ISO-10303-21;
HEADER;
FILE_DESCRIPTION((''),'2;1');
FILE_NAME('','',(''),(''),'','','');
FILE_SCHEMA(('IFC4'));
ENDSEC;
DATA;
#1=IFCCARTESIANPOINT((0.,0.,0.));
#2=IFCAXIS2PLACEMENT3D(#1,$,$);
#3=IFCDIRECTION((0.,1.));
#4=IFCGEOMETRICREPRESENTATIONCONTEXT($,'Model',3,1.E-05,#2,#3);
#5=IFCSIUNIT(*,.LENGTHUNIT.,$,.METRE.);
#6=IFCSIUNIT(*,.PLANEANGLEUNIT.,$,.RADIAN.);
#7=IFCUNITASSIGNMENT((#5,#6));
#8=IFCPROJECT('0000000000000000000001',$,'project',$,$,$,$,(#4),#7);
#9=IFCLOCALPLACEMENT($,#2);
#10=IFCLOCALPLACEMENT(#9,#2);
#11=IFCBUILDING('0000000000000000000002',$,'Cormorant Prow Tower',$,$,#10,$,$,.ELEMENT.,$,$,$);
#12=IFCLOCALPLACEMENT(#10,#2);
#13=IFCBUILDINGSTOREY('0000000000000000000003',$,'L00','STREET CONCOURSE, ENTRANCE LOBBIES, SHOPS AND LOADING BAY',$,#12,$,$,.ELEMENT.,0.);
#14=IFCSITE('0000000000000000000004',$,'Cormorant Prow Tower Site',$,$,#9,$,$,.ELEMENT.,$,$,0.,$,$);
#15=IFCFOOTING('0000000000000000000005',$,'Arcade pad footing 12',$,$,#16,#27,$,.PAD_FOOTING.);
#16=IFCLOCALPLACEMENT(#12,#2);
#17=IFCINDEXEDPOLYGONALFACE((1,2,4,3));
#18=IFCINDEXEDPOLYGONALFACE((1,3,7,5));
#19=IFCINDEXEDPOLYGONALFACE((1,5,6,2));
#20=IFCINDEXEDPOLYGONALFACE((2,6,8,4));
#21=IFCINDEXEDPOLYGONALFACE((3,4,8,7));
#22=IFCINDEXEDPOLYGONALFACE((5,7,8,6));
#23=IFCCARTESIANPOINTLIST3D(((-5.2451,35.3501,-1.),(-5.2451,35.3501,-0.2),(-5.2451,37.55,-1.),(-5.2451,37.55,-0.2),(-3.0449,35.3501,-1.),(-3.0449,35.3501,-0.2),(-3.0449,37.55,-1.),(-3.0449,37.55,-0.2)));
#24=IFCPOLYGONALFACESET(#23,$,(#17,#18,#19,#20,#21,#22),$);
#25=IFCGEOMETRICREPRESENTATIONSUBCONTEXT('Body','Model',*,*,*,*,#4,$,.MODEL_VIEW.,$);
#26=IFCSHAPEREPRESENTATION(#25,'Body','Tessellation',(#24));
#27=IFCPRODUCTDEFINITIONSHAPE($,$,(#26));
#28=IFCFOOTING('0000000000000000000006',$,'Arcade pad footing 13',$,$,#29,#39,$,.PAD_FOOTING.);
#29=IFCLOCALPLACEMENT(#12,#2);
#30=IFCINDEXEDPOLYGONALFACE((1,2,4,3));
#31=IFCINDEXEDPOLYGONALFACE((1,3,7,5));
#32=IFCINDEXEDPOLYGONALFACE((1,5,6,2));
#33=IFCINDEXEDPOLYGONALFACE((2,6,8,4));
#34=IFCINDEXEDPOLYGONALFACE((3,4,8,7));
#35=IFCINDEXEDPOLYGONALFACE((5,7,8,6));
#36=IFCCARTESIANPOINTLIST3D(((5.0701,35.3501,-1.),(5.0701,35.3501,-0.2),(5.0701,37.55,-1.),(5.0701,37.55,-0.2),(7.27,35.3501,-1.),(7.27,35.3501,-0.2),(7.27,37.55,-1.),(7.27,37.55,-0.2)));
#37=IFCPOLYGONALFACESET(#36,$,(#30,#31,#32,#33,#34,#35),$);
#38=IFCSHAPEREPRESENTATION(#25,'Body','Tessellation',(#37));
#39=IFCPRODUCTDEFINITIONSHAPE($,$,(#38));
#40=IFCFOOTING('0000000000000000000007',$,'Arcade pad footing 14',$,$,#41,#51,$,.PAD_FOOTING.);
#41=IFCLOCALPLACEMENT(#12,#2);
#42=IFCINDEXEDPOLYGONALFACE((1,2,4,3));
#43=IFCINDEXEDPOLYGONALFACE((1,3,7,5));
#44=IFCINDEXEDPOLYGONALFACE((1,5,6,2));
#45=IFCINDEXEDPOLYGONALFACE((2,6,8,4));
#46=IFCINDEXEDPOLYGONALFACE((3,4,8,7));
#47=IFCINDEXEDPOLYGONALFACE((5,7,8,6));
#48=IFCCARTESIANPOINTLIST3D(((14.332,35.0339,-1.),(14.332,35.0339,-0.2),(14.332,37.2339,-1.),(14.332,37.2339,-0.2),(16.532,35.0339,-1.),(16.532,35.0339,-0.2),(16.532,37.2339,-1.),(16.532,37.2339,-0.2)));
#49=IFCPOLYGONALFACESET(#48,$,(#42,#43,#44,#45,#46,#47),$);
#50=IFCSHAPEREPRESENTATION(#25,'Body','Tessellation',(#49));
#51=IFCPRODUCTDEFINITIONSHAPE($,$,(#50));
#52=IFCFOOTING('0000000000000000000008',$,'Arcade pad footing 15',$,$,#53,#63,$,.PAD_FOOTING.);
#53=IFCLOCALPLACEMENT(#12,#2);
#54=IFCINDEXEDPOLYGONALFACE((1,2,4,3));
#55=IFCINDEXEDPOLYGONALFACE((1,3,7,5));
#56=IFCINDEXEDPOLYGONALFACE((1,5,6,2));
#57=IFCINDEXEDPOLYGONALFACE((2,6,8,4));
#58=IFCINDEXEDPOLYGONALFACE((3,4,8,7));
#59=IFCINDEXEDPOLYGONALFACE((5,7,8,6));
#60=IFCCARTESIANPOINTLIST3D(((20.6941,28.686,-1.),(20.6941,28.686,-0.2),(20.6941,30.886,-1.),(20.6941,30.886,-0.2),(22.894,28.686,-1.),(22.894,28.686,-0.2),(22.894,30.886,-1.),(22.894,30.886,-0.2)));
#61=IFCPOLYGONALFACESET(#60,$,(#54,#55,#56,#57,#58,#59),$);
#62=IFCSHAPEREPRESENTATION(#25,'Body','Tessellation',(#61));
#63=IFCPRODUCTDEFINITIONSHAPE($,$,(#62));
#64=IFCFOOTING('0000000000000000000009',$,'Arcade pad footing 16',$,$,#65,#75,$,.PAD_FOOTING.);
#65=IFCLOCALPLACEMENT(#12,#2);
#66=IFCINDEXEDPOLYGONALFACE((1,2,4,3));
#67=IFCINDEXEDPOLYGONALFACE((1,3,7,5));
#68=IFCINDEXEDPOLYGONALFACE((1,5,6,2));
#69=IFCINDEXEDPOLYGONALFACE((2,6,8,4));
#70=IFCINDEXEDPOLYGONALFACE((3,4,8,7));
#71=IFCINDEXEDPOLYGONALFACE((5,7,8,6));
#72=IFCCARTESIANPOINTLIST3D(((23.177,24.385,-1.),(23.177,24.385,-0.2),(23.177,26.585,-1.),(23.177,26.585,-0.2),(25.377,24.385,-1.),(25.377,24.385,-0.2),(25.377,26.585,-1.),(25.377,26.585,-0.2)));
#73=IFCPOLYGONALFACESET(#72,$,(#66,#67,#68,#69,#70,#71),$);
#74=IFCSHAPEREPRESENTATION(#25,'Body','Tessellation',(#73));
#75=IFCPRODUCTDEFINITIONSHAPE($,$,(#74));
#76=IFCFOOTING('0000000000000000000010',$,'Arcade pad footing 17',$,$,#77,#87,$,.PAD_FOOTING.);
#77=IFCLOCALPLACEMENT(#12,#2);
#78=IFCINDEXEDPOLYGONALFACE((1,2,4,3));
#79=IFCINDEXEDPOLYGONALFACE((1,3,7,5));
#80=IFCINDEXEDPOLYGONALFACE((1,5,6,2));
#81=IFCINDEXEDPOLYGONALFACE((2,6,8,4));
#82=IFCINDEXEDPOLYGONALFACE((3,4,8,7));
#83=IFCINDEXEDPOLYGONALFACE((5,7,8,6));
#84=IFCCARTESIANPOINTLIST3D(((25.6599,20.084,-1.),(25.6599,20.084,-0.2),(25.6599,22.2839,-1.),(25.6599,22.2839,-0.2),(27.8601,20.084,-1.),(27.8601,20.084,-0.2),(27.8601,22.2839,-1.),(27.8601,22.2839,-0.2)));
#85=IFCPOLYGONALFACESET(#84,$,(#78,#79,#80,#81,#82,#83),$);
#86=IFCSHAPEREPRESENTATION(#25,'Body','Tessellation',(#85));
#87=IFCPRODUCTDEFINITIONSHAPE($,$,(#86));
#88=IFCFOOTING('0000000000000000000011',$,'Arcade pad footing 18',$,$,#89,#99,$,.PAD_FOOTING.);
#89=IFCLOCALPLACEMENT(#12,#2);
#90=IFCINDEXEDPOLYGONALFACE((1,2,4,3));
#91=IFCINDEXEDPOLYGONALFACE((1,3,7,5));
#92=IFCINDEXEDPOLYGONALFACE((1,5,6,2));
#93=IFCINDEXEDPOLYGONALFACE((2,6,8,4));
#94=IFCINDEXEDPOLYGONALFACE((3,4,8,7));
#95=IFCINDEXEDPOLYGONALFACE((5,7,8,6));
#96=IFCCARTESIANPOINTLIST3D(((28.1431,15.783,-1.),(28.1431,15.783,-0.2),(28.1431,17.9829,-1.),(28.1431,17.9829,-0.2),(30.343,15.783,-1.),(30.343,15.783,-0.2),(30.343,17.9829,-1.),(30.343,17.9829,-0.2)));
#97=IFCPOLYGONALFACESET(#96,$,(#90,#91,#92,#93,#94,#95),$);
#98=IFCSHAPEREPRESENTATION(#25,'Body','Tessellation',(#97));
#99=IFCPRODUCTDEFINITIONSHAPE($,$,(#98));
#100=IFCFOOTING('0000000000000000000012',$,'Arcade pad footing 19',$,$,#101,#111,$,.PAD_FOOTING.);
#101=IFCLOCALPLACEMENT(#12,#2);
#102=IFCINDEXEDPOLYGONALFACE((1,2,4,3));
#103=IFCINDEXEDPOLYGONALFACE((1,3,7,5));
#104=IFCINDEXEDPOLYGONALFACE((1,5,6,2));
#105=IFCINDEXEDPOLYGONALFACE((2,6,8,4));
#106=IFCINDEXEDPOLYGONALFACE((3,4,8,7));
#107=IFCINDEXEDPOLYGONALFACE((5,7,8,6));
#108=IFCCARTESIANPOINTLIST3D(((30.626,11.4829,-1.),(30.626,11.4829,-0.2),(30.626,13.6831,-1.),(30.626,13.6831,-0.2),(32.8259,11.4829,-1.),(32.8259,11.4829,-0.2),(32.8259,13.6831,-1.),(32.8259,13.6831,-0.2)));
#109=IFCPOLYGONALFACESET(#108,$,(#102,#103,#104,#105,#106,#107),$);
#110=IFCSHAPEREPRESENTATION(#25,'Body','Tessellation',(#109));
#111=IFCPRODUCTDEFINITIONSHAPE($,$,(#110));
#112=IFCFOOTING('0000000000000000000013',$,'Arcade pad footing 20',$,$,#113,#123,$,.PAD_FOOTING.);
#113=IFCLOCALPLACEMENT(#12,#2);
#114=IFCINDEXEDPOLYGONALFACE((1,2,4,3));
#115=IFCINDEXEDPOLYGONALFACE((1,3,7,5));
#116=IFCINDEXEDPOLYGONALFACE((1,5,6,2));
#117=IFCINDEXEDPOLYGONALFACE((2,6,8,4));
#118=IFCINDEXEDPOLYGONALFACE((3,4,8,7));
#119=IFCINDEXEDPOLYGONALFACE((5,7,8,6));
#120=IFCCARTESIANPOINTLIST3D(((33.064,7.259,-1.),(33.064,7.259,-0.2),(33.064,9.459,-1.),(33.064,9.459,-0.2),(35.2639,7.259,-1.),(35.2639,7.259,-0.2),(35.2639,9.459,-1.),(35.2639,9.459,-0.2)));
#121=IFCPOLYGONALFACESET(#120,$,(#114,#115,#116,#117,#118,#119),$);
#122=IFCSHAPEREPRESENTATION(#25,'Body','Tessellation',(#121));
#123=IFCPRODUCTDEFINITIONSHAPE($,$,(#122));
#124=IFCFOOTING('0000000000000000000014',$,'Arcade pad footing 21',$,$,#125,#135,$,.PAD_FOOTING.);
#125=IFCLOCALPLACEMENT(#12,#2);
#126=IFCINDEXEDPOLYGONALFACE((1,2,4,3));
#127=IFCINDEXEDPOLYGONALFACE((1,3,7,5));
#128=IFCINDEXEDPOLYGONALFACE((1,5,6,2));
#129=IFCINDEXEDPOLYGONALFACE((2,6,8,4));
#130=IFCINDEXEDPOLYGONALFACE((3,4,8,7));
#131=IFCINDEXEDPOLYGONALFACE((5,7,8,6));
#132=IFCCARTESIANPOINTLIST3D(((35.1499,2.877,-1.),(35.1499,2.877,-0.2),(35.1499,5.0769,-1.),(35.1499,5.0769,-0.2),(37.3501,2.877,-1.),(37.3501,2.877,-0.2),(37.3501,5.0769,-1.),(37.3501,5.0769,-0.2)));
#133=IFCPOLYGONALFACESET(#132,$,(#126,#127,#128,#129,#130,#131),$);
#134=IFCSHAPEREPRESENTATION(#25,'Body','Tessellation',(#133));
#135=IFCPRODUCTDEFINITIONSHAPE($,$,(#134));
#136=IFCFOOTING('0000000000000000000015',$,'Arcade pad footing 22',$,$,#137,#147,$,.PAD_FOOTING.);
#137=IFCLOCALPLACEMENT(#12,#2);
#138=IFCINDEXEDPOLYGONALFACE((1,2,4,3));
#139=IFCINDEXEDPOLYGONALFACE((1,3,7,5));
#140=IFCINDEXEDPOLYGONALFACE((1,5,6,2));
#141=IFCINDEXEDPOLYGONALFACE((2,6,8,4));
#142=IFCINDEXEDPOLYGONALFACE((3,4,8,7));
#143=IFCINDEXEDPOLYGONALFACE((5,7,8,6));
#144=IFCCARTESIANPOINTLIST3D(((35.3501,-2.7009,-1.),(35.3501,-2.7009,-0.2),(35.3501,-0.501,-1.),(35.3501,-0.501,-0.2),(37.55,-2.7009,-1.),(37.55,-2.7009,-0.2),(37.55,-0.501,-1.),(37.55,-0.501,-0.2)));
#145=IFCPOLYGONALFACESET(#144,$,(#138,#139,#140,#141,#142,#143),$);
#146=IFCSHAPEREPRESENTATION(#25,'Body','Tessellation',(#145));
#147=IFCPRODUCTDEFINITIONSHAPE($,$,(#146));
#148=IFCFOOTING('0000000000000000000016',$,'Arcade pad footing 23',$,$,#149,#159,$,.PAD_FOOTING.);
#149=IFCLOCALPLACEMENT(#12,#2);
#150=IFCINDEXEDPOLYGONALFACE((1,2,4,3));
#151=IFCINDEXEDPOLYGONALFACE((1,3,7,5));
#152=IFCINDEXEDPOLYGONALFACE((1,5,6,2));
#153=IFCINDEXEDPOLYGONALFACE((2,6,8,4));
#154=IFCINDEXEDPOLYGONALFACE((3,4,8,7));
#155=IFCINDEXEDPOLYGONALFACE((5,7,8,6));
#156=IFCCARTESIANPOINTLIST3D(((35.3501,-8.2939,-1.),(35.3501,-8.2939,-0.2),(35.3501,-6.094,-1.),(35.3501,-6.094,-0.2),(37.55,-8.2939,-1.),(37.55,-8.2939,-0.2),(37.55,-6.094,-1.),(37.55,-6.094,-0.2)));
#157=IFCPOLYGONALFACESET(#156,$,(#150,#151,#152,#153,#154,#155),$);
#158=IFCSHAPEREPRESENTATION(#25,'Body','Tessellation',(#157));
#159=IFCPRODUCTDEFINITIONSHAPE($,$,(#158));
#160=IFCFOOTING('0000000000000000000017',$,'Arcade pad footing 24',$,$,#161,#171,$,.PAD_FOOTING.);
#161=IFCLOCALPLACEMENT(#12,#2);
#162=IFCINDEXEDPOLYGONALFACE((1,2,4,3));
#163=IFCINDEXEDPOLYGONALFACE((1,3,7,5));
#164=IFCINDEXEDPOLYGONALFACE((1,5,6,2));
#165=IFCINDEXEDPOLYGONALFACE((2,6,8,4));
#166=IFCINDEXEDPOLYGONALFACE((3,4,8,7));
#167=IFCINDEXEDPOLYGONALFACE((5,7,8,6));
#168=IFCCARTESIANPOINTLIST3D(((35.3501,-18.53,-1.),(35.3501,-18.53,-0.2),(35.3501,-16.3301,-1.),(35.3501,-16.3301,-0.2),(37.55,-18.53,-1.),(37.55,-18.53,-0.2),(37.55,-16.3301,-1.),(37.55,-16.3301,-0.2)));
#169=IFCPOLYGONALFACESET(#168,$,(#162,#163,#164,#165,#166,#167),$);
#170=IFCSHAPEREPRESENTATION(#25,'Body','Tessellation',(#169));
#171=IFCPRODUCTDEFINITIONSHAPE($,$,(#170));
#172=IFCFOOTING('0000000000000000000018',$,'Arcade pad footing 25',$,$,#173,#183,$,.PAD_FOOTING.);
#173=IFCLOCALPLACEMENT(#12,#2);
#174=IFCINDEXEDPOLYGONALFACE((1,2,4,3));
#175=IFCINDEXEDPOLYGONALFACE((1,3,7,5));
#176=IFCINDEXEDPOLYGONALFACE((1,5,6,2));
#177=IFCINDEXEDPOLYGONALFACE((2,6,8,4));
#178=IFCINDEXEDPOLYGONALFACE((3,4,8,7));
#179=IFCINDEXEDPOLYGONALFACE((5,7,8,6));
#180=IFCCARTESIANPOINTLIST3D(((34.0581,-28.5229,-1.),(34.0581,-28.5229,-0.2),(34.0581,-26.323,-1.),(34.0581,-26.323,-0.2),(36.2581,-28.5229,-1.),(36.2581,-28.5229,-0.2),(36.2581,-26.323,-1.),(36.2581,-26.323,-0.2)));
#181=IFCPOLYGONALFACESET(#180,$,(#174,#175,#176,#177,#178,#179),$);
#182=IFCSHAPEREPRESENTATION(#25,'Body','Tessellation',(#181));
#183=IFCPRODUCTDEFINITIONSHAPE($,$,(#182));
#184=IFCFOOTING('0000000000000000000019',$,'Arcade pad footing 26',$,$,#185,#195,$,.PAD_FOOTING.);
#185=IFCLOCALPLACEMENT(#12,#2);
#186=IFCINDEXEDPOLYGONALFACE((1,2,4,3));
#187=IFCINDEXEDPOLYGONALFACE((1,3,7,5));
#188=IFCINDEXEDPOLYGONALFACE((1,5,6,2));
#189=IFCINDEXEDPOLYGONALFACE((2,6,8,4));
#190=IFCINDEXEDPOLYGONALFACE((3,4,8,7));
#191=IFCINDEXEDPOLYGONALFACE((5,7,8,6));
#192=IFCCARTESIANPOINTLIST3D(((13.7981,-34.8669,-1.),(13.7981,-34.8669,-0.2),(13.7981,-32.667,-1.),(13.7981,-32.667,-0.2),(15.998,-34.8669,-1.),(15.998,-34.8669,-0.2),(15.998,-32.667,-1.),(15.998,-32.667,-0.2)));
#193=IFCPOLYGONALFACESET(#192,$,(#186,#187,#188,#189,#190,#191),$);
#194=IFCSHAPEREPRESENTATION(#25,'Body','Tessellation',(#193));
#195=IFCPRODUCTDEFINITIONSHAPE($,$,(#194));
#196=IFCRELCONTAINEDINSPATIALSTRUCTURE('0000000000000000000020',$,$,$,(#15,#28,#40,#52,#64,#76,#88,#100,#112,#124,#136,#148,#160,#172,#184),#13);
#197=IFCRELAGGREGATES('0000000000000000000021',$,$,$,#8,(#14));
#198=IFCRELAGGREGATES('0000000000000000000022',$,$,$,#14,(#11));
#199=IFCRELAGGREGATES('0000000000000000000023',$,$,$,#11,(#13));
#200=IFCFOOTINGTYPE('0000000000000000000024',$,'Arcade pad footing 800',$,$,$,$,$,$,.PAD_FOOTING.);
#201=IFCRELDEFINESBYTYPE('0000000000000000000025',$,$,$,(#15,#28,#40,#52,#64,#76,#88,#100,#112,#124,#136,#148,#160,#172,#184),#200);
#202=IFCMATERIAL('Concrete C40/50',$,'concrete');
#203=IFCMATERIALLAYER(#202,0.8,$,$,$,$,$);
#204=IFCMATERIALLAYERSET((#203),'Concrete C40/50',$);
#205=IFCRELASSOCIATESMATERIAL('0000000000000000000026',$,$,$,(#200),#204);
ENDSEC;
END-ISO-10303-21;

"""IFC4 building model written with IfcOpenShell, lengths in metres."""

from ifc_helpers import new_model, si_unit, direction, frame, origin, place, context, subcontext, project, spatial, polyline, outline, extrude, material, layer, layer_set, type_object, element, save


model = new_model("IFC4")

# Units and contexts
model_context = context("Model", 3, precision=1e-05, world=origin(), true_north=direction((0.0, 1.0)))
body_context = subcontext(model_context, "Body", "Model", "MODEL_VIEW")
ifc_project = project(units=[si_unit("LENGTHUNIT", "METRE"), si_unit("PLANEANGLEUNIT", "RADIAN")], contexts=[model_context])

# Site, building, storey
site_placement = place(None, origin())
site = spatial("IfcSite", under=ifc_project, at=site_placement, Name="Cormorant Prow Tower Site", CompositionType="ELEMENT", RefElevation=0.0)
building_placement = place(site_placement, origin())
building = spatial("IfcBuilding", under=site, at=building_placement, Name="Cormorant Prow Tower", CompositionType="ELEMENT")
storey_placement = place(building_placement, origin())
storey = spatial("IfcBuildingStorey", under=building, at=storey_placement, Name="L00", Description="STREET CONCOURSE, ENTRANCE LOBBIES, SHOPS AND LOADING BAY", CompositionType="ELEMENT", Elevation=0.0)

# Footings
ifc_material = material(Name="Concrete C40/50", Category="concrete")
ifc_layer = layer(ifc_material, 0.8)
ifc_layer_set = layer_set([ifc_layer], Name="Concrete C40/50")
footing_type = type_object("IfcFootingType", Name="Arcade pad footing 800", PredefinedType="PAD_FOOTING", material=ifc_layer_set)
footing_1_placement = place(storey_placement, frame((0.0, 0.0, -1.0)))
element("IfcFooting", 1, at=footing_1_placement, inside=storey, type_object=footing_type, Name="Arcade pad footing 12", PredefinedType="PAD_FOOTING", context=body_context, shape_type="SweptSolid", body=[
    extrude(outline(polyline([(-5.2451, 35.3501), (-3.0449, 35.3501), (-3.0449, 37.55), (-5.2451, 37.55), (-5.2451, 35.3501)])), origin(), (0.0, 0.0, 1.0), 0.8),
])
footing_2_placement = place(storey_placement, frame((0.0, 0.0, -1.0)))
element("IfcFooting", 2, at=footing_2_placement, inside=storey, type_object=footing_type, Name="Arcade pad footing 13", PredefinedType="PAD_FOOTING", context=body_context, shape_type="SweptSolid", body=[
    extrude(outline(polyline([(5.0701, 35.3501), (7.27, 35.3501), (7.27, 37.55), (5.0701, 37.55), (5.0701, 35.3501)])), origin(), (0.0, 0.0, 1.0), 0.8),
])
footing_3_placement = place(storey_placement, frame((0.0, 0.0, -1.0)))
element("IfcFooting", 3, at=footing_3_placement, inside=storey, type_object=footing_type, Name="Arcade pad footing 14", PredefinedType="PAD_FOOTING", context=body_context, shape_type="SweptSolid", body=[
    extrude(outline(polyline([(14.332, 35.0339), (16.532, 35.0339), (16.532, 37.2339), (14.332, 37.2339), (14.332, 35.0339)])), origin(), (0.0, 0.0, 1.0), 0.8),
])
footing_4_placement = place(storey_placement, frame((0.0, 0.0, -1.0)))
element("IfcFooting", 4, at=footing_4_placement, inside=storey, type_object=footing_type, Name="Arcade pad footing 15", PredefinedType="PAD_FOOTING", context=body_context, shape_type="SweptSolid", body=[
    extrude(outline(polyline([(20.6941, 28.686), (22.894, 28.686), (22.894, 30.886), (20.6941, 30.886), (20.6941, 28.686)])), origin(), (0.0, 0.0, 1.0), 0.8),
])
footing_5_placement = place(storey_placement, frame((0.0, 0.0, -1.0)))
element("IfcFooting", 5, at=footing_5_placement, inside=storey, type_object=footing_type, Name="Arcade pad footing 16", PredefinedType="PAD_FOOTING", context=body_context, shape_type="SweptSolid", body=[
    extrude(outline(polyline([(23.177, 24.385), (25.377, 24.385), (25.377, 26.585), (23.177, 26.585), (23.177, 24.385)])), origin(), (0.0, 0.0, 1.0), 0.8),
])
footing_6_placement = place(storey_placement, frame((0.0, 0.0, -1.0)))
element("IfcFooting", 6, at=footing_6_placement, inside=storey, type_object=footing_type, Name="Arcade pad footing 17", PredefinedType="PAD_FOOTING", context=body_context, shape_type="SweptSolid", body=[
    extrude(outline(polyline([(25.6599, 20.084), (27.8601, 20.084), (27.8601, 22.2839), (25.6599, 22.2839), (25.6599, 20.084)])), origin(), (0.0, 0.0, 1.0), 0.8),
])
footing_7_placement = place(storey_placement, frame((0.0, 0.0, -1.0)))
element("IfcFooting", 7, at=footing_7_placement, inside=storey, type_object=footing_type, Name="Arcade pad footing 18", PredefinedType="PAD_FOOTING", context=body_context, shape_type="SweptSolid", body=[
    extrude(outline(polyline([(28.1431, 15.783), (30.343, 15.783), (30.343, 17.9829), (28.1431, 17.9829), (28.1431, 15.783)])), origin(), (0.0, 0.0, 1.0), 0.8),
])
footing_8_placement = place(storey_placement, frame((0.0, 0.0, -1.0)))
element("IfcFooting", 8, at=footing_8_placement, inside=storey, type_object=footing_type, Name="Arcade pad footing 19", PredefinedType="PAD_FOOTING", context=body_context, shape_type="SweptSolid", body=[
    extrude(outline(polyline([(30.626, 11.4829), (32.8259, 11.4829), (32.8259, 13.6831), (30.626, 13.6831), (30.626, 11.4829)])), origin(), (0.0, 0.0, 1.0), 0.8),
])
footing_9_placement = place(storey_placement, frame((0.0, 0.0, -1.0)))
element("IfcFooting", 9, at=footing_9_placement, inside=storey, type_object=footing_type, Name="Arcade pad footing 20", PredefinedType="PAD_FOOTING", context=body_context, shape_type="SweptSolid", body=[
    extrude(outline(polyline([(33.064, 7.259), (35.2639, 7.259), (35.2639, 9.459), (33.064, 9.459), (33.064, 7.259)])), origin(), (0.0, 0.0, 1.0), 0.8),
])
footing_10_placement = place(storey_placement, frame((0.0, 0.0, -1.0)))
element("IfcFooting", 10, at=footing_10_placement, inside=storey, type_object=footing_type, Name="Arcade pad footing 21", PredefinedType="PAD_FOOTING", context=body_context, shape_type="SweptSolid", body=[
    extrude(outline(polyline([(35.1499, 2.877), (37.3501, 2.877), (37.3501, 5.0769), (35.1499, 5.0769), (35.1499, 2.877)])), origin(), (0.0, 0.0, 1.0), 0.8),
])
footing_11_placement = place(storey_placement, frame((0.0, 0.0, -1.0)))
element("IfcFooting", 11, at=footing_11_placement, inside=storey, type_object=footing_type, Name="Arcade pad footing 22", PredefinedType="PAD_FOOTING", context=body_context, shape_type="SweptSolid", body=[
    extrude(outline(polyline([(35.3501, -2.7009), (37.55, -2.7009), (37.55, -0.501), (35.3501, -0.501), (35.3501, -2.7009)])), origin(), (0.0, 0.0, 1.0), 0.8),
])
footing_12_placement = place(storey_placement, frame((0.0, 0.0, -1.0)))
element("IfcFooting", 12, at=footing_12_placement, inside=storey, type_object=footing_type, Name="Arcade pad footing 23", PredefinedType="PAD_FOOTING", context=body_context, shape_type="SweptSolid", body=[
    extrude(outline(polyline([(35.3501, -8.2939), (37.55, -8.2939), (37.55, -6.094), (35.3501, -6.094), (35.3501, -8.2939)])), origin(), (0.0, 0.0, 1.0), 0.8),
])
footing_13_placement = place(storey_placement, frame((0.0, 0.0, -1.0)))
element("IfcFooting", 13, at=footing_13_placement, inside=storey, type_object=footing_type, Name="Arcade pad footing 24", PredefinedType="PAD_FOOTING", context=body_context, shape_type="SweptSolid", body=[
    extrude(outline(polyline([(35.3501, -18.53), (37.55, -18.53), (37.55, -16.3301), (35.3501, -16.3301), (35.3501, -18.53)])), origin(), (0.0, 0.0, 1.0), 0.8),
])
footing_14_placement = place(storey_placement, frame((0.0, 0.0, -1.0)))
element("IfcFooting", 14, at=footing_14_placement, inside=storey, type_object=footing_type, Name="Arcade pad footing 25", PredefinedType="PAD_FOOTING", context=body_context, shape_type="SweptSolid", body=[
    extrude(outline(polyline([(34.0581, -28.5229), (36.2581, -28.5229), (36.2581, -26.323), (34.0581, -26.323), (34.0581, -28.5229)])), origin(), (0.0, 0.0, 1.0), 0.8),
])
footing_15_placement = place(storey_placement, frame((0.0, 0.0, -1.0)))
element("IfcFooting", 15, at=footing_15_placement, inside=storey, type_object=footing_type, Name="Arcade pad footing 26", PredefinedType="PAD_FOOTING", context=body_context, shape_type="SweptSolid", body=[
    extrude(outline(polyline([(13.7981, -34.8669), (15.998, -34.8669), (15.998, -32.667), (13.7981, -32.667), (13.7981, -34.8669)])), origin(), (0.0, 0.0, 1.0), 0.8),
])

save(model, "model.ifc")
